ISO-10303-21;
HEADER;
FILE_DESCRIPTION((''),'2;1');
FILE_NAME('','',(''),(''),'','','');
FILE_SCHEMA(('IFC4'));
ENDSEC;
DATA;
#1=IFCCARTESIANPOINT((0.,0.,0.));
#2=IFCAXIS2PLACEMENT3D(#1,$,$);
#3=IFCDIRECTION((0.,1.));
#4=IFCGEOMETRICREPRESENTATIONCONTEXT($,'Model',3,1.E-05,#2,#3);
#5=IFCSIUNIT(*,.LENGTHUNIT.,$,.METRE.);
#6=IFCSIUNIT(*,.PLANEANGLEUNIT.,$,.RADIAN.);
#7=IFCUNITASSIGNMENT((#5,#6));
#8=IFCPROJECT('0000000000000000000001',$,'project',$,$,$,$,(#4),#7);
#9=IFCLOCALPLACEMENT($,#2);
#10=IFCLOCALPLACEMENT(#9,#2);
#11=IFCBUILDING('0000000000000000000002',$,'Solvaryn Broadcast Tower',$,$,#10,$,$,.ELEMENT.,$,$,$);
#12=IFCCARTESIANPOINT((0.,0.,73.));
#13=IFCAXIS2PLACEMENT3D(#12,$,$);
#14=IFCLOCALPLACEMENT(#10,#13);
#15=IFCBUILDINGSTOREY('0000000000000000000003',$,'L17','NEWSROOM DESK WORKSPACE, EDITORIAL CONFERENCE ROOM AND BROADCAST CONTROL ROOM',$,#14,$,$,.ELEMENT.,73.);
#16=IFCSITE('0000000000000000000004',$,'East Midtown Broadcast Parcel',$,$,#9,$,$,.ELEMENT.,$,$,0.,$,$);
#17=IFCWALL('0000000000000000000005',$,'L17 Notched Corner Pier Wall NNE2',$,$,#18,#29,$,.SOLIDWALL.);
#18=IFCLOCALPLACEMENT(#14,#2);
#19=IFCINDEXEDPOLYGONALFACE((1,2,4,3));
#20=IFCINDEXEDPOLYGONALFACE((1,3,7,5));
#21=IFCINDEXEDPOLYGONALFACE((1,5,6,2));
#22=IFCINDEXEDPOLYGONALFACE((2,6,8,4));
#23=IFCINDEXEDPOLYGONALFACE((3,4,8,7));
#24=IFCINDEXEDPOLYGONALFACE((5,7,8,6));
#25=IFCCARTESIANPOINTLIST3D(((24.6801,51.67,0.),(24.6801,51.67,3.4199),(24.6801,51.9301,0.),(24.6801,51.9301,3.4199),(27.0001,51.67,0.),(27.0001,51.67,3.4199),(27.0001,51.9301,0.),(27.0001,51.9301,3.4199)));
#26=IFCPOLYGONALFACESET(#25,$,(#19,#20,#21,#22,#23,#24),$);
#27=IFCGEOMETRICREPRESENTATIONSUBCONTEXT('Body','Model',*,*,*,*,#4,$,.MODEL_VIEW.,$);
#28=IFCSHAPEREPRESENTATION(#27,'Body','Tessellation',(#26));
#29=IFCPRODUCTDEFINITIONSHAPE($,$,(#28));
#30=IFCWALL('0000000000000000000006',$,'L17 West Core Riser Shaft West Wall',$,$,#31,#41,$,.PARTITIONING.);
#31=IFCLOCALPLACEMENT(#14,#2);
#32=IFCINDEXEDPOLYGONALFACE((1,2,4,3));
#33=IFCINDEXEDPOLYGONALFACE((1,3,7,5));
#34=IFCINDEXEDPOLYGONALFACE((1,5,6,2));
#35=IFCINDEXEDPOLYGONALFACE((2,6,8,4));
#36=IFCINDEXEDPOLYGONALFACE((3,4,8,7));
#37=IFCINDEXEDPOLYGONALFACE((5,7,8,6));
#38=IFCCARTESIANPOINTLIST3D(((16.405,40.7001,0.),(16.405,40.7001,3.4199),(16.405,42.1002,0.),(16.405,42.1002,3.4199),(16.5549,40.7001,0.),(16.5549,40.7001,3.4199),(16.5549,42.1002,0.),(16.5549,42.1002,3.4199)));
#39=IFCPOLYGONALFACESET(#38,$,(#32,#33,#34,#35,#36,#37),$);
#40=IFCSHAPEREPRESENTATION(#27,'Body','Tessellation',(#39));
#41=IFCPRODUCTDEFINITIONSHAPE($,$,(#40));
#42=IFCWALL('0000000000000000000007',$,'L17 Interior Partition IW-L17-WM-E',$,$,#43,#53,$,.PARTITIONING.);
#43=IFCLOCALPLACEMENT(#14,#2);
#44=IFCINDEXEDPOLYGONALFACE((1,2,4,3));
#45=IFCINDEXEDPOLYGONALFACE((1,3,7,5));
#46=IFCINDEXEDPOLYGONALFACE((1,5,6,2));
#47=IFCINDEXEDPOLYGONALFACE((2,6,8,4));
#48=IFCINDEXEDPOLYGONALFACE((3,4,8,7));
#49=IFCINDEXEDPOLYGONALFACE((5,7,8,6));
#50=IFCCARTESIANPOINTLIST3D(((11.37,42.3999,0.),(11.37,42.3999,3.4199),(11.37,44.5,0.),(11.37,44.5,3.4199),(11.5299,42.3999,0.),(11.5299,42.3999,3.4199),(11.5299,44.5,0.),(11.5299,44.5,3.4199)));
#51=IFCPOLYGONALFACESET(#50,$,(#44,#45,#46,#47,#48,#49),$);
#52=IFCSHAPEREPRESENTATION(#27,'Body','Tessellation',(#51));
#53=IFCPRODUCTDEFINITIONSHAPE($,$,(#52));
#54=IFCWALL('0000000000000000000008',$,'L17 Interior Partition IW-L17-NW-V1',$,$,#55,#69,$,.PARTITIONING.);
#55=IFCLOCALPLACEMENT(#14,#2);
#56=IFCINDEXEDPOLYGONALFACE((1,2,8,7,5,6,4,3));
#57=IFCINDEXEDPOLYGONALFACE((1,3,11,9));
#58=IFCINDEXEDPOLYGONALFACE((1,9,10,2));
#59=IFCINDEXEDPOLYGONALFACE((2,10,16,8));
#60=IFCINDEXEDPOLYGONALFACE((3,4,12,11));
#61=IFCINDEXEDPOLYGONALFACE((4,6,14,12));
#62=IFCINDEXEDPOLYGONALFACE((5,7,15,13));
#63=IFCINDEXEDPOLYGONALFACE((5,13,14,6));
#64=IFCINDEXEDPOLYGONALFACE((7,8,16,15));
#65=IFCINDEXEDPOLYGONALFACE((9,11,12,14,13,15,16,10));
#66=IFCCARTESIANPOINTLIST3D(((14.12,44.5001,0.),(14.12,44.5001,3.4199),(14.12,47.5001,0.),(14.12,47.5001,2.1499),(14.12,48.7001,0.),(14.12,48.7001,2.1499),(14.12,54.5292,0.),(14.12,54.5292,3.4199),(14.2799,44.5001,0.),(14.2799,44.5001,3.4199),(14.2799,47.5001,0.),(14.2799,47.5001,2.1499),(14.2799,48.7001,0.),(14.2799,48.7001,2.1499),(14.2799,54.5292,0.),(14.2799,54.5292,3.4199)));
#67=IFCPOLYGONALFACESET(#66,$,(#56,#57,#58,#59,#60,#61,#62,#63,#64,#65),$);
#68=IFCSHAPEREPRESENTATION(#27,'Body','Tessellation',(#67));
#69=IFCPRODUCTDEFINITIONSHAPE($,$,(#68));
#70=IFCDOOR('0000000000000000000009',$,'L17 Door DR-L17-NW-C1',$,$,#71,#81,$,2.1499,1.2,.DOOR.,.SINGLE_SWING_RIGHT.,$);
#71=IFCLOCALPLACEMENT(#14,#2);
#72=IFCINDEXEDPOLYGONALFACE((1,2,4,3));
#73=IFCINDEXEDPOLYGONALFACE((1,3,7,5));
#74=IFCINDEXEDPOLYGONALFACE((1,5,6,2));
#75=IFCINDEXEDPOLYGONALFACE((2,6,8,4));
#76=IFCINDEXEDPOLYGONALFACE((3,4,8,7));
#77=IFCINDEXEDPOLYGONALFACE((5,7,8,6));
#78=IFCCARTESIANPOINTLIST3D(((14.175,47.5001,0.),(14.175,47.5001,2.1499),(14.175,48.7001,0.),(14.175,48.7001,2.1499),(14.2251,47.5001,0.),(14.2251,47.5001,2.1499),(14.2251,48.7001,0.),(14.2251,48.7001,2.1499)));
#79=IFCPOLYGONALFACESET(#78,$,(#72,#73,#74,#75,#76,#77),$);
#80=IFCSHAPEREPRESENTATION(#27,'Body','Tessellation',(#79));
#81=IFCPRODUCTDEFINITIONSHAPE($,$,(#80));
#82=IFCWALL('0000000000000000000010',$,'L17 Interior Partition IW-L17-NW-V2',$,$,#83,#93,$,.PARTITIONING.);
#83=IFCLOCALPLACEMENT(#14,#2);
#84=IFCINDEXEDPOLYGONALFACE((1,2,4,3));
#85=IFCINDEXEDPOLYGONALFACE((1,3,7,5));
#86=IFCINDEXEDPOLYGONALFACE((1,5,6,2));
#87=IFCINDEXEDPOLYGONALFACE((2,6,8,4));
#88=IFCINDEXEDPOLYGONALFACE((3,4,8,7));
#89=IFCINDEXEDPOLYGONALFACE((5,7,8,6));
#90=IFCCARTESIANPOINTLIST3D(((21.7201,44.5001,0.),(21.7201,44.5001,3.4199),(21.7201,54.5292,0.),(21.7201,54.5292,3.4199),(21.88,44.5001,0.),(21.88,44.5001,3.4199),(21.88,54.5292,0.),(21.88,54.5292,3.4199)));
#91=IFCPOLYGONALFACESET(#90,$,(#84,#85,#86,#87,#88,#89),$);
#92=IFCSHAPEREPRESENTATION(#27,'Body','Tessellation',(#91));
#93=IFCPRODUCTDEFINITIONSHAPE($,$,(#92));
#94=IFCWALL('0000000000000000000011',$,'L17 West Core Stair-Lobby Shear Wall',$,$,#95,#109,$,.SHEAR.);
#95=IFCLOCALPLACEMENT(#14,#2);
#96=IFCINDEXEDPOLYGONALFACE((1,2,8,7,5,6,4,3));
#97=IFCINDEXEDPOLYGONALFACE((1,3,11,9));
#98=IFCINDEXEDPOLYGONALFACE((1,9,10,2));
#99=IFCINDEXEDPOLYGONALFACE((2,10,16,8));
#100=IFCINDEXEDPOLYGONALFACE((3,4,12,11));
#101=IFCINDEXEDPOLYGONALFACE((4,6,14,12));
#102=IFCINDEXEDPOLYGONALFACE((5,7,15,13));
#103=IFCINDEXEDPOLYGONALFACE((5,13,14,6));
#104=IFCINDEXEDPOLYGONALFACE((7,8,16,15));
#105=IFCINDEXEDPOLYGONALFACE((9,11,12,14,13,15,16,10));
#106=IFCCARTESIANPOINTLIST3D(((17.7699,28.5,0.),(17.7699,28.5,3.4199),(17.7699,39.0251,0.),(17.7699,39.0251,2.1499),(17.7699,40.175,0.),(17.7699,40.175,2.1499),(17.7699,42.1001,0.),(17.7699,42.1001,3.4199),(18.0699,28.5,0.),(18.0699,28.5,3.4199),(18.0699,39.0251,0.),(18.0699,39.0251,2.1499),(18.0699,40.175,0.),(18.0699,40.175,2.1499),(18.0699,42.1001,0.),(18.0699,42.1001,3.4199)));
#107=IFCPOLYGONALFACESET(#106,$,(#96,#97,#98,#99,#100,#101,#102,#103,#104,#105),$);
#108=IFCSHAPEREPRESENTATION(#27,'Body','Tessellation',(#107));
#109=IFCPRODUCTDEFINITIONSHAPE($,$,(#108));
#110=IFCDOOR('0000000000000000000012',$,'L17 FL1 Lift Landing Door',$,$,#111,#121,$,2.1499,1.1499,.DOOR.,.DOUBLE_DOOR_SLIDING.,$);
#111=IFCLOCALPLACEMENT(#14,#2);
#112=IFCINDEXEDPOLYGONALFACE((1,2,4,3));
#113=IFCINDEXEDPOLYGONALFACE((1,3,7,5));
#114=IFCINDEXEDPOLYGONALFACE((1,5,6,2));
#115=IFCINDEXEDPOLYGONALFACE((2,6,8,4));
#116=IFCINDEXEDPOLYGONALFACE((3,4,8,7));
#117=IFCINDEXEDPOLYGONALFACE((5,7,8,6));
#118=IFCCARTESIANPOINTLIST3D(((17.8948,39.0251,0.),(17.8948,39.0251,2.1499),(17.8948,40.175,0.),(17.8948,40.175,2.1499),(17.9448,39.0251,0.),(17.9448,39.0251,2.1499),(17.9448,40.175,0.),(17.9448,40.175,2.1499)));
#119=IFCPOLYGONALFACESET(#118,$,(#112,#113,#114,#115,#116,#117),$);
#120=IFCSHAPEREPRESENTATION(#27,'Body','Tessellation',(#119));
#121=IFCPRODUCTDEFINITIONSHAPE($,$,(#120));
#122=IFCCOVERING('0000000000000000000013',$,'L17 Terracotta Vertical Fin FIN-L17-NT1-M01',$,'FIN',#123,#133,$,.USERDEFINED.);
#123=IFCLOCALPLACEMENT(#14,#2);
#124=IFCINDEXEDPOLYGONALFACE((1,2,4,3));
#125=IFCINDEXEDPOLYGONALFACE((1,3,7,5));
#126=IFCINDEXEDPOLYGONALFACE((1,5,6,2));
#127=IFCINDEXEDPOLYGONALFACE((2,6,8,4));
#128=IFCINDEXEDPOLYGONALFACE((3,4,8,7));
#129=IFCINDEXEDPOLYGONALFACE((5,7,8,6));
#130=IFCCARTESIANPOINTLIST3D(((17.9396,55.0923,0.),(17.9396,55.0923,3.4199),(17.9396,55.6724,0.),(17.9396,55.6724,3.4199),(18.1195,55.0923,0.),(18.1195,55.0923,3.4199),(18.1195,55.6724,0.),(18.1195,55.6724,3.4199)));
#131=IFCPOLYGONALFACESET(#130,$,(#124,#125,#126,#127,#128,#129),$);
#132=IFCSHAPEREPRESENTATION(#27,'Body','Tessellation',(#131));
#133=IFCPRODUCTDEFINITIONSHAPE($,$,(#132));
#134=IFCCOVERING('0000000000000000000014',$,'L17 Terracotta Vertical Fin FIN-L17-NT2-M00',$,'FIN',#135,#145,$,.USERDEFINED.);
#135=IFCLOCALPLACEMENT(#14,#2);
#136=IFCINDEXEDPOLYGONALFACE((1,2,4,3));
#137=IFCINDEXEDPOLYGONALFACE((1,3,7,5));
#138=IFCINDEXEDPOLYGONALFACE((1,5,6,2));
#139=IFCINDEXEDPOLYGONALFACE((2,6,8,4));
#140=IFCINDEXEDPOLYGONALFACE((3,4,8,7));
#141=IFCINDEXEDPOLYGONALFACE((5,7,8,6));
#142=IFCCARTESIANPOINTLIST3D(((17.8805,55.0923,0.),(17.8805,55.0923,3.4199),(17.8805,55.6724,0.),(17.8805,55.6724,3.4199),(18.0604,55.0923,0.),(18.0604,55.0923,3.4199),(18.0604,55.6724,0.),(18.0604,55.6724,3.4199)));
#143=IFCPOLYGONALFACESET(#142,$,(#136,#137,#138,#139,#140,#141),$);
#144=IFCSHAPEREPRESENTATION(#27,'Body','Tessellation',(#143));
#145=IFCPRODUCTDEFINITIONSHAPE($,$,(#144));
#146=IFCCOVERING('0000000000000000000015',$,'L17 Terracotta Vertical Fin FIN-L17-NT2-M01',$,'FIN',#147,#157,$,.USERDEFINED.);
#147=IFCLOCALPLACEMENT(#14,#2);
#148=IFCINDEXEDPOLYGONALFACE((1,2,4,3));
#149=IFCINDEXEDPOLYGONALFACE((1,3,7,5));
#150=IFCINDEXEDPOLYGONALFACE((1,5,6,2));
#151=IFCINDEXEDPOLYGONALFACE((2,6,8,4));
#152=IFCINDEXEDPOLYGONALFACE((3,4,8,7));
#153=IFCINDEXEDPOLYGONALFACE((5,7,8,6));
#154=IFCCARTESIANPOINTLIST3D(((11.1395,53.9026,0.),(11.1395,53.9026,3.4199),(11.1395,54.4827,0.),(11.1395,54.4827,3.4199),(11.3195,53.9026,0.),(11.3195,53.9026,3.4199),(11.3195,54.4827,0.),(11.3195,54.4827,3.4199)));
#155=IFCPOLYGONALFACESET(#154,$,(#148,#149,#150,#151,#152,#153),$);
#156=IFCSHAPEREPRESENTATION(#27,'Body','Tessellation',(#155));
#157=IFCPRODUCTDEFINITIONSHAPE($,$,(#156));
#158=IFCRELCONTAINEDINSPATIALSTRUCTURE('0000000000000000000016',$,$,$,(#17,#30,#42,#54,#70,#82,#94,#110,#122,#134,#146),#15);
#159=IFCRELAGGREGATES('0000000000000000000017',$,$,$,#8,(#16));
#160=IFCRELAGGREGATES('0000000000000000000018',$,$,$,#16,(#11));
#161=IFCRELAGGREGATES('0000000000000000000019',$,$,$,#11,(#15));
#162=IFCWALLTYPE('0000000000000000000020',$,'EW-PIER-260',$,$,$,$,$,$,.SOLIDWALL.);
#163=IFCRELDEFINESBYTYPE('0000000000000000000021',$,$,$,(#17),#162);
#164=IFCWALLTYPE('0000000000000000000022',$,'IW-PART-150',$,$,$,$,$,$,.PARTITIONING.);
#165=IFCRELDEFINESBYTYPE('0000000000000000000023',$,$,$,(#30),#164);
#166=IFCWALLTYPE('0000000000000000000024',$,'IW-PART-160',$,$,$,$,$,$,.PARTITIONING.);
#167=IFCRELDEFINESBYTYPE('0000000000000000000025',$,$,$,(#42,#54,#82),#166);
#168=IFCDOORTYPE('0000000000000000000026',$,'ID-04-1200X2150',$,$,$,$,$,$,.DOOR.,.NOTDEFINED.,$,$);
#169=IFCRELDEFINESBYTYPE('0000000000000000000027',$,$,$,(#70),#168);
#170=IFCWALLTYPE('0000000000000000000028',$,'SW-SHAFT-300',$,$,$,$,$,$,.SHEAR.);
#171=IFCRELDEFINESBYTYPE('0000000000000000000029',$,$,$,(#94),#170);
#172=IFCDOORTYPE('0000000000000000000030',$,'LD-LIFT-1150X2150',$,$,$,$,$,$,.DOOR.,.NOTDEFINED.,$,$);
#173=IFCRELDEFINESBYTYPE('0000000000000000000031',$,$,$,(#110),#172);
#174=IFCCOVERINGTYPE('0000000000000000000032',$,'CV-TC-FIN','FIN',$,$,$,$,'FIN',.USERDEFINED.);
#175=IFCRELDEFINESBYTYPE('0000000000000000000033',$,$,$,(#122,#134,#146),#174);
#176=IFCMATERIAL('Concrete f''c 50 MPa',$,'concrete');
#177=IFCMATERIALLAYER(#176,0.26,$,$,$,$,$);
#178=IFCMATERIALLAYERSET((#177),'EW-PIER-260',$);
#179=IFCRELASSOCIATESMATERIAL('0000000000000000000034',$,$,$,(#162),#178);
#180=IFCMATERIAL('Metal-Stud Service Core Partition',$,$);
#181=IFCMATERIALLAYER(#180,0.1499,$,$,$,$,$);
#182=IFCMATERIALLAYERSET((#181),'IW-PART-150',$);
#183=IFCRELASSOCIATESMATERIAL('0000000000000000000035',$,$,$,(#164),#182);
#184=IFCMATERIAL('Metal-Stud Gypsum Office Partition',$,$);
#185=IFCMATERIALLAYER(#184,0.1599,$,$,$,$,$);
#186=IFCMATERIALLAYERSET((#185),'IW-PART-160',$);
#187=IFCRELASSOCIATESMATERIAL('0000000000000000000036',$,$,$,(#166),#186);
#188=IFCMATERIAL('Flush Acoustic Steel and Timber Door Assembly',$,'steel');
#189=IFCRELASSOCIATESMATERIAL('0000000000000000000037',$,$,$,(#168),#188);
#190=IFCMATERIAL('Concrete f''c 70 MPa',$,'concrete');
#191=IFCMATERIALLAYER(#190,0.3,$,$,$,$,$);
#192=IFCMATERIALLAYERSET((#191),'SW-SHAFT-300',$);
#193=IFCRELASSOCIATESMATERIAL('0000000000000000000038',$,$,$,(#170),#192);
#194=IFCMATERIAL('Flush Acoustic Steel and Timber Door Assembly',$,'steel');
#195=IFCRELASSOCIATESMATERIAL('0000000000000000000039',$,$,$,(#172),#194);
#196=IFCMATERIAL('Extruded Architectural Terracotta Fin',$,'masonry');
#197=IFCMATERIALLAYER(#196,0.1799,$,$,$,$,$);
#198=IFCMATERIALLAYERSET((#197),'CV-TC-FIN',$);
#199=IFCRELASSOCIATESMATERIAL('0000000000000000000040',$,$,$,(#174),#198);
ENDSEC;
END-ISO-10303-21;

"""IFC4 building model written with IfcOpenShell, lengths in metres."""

from ifc_helpers import new_model, si_unit, direction, frame, frame_2d, origin, origin_2d, place, context, subcontext, project, spatial, rectangle, extrude, material, layer, layer_set, type_object, element, fill, save


model = new_model("IFC4")

# Units and contexts
model_context = context("Model", 3, precision=1e-05, world=origin(), true_north=direction((0.0, 1.0)))
body_context = subcontext(model_context, "Body", "Model", "MODEL_VIEW")
ifc_project = project(units=[si_unit("LENGTHUNIT", "METRE"), si_unit("PLANEANGLEUNIT", "RADIAN")], contexts=[model_context])

# Site, building, storey
site_placement = place(None, origin())
site = spatial("IfcSite", under=ifc_project, at=site_placement, Name="East Midtown Broadcast Parcel", CompositionType="ELEMENT", RefElevation=0.0)
building_placement = place(site_placement, origin())
building = spatial("IfcBuilding", under=site, at=building_placement, Name="Solvaryn Broadcast Tower", CompositionType="ELEMENT")
storey_placement = place(building_placement, frame((0.0, 0.0, 73.0)))
storey = spatial("IfcBuildingStorey", under=building, at=storey_placement, Name="L17", Description="NEWSROOM DESK WORKSPACE, EDITORIAL CONFERENCE ROOM AND BROADCAST CONTROL ROOM", CompositionType="ELEMENT", Elevation=73.0)

# Walls
ifc_material_1 = material(Name="Concrete f'c 50 MPa", Category="concrete")
ifc_layer_1 = layer(ifc_material_1, 0.26)
ifc_layer_set_1 = layer_set([ifc_layer_1], Name="EW-PIER-260")
wall_type_1 = type_object("IfcWallType", Name="EW-PIER-260", PredefinedType="SOLIDWALL", material=ifc_layer_set_1)
wall_1_placement = place(storey_placement, frame((24.6799, 51.8, 0.0), z_axis=(0.0, 0.0, 1.0), x_axis=(1.0, 0.0, 0.0)))
element("IfcWall", 1, at=wall_1_placement, inside=storey, type_object=wall_type_1, Name="L17 Notched Corner Pier Wall NNE2", PredefinedType="SOLIDWALL", context=body_context, shape_type="SweptSolid", body=[
    extrude(rectangle(XDim=2.3201, YDim=0.26, at=frame_2d((1.1602, 0.0))), origin(), (0.0, 0.0, 1.0), 3.4199),
])
ifc_material_2 = material(Name="Metal-Stud Service Core Partition")
ifc_layer_2 = layer(ifc_material_2, 0.1499)
ifc_layer_set_2 = layer_set([ifc_layer_2], Name="IW-PART-150")
wall_type_2 = type_object("IfcWallType", Name="IW-PART-150", PredefinedType="PARTITIONING", material=ifc_layer_set_2)
wall_2_placement = place(storey_placement, frame((16.48, 40.7, 0.0), z_axis=(0.0, 0.0, 1.0), x_axis=(0.0, 1.0, 0.0)))
element("IfcWall", 2, at=wall_2_placement, inside=storey, type_object=wall_type_2, Name="L17 West Core Riser Shaft West Wall", PredefinedType="PARTITIONING", context=body_context, shape_type="SweptSolid", body=[
    extrude(rectangle(XDim=1.4001, YDim=0.1499, at=frame_2d((0.7002, 0.0))), origin(), (0.0, 0.0, 1.0), 3.4199),
])
ifc_material_3 = material(Name="Metal-Stud Gypsum Office Partition")
ifc_layer_3 = layer(ifc_material_3, 0.1599)
ifc_layer_set_3 = layer_set([ifc_layer_3], Name="IW-PART-160")
wall_type_3 = type_object("IfcWallType", Name="IW-PART-160", PredefinedType="PARTITIONING", material=ifc_layer_set_3)
wall_3_placement = place(storey_placement, frame((11.45, 42.3999, 0.0), z_axis=(0.0, 0.0, 1.0), x_axis=(0.0, 1.0, 0.0)))
element("IfcWall", 3, at=wall_3_placement, inside=storey, type_object=wall_type_3, Name="L17 Interior Partition IW-L17-WM-E", PredefinedType="PARTITIONING", context=body_context, shape_type="SweptSolid", body=[
    extrude(rectangle(XDim=2.1001, YDim=0.1599, at=frame_2d((1.05, 0.0))), origin(), (0.0, 0.0, 1.0), 3.4199),
])

# Wall, opening, door
wall_4_placement = place(storey_placement, frame((14.2, 44.5, 0.0), z_axis=(0.0, 0.0, 1.0), x_axis=(0.0, 1.0, 0.0)))
wall_4 = element("IfcWall", 4, at=wall_4_placement, inside=storey, type_object=wall_type_3, Name="L17 Interior Partition IW-L17-NW-V1", PredefinedType="PARTITIONING", context=body_context, shape_type="SweptSolid", body=[
    extrude(rectangle(XDim=10.0291, YDim=0.1599, at=frame_2d((5.0146, 0.0))), origin(), (0.0, 0.0, 1.0), 3.4199),
])
opening_1_placement = place(wall_4_placement, frame((3.0, 0.0, 0.0)))
opening_1 = element("IfcOpeningElement", 5, at=opening_1_placement, cuts=wall_4, PredefinedType="OPENING", context=body_context, shape_type="SweptSolid", body=[
    extrude(rectangle(XDim=1.2, YDim=2.1499, at=frame_2d((0.6001, 1.075))), frame((0.0, 0.0901, 0.0), z_axis=(0.0, -1.0, 0.0), x_axis=(1.0, 0.0, 0.0)), (0.0, 0.0, 1.0), 0.1799),
])
ifc_material_4 = material(Name="Flush Acoustic Steel and Timber Door Assembly", Category="steel")
door_type_1 = type_object("IfcDoorType", Name="ID-04-1200X2150", OperationType="NOTDEFINED", PredefinedType="DOOR", material=ifc_material_4)
door_1_placement = place(opening_1_placement, origin())
door_1 = element("IfcDoor", 6, at=door_1_placement, inside=storey, type_object=door_type_1, Name="L17 Door DR-L17-NW-C1", OperationType="SINGLE_SWING_RIGHT", OverallHeight=2.1499, OverallWidth=1.2, PredefinedType="DOOR", context=body_context, shape_type="SweptSolid", body=[
    extrude(rectangle(XDim=1.2, YDim=2.1499, at=frame_2d((0.6001, 1.075))), frame((0.0, 0.0249, 0.0), z_axis=(0.0, -1.0, 0.0), x_axis=(1.0, 0.0, 0.0)), (0.0, 0.0, 1.0), 0.05),
])
fill(opening_1, door_1)

# Wall
wall_5_placement = place(storey_placement, frame((21.8, 44.5, 0.0), z_axis=(0.0, 0.0, 1.0), x_axis=(0.0, 1.0, 0.0)))
element("IfcWall", 7, at=wall_5_placement, inside=storey, type_object=wall_type_3, Name="L17 Interior Partition IW-L17-NW-V2", PredefinedType="PARTITIONING", context=body_context, shape_type="SweptSolid", body=[
    extrude(rectangle(XDim=10.0291, YDim=0.1599, at=frame_2d((5.0146, 0.0))), origin(), (0.0, 0.0, 1.0), 3.4199),
])

# Wall, opening, door
ifc_material_5 = material(Name="Concrete f'c 70 MPa", Category="concrete")
ifc_layer_4 = layer(ifc_material_5, 0.3)
ifc_layer_set_4 = layer_set([ifc_layer_4], Name="SW-SHAFT-300")
wall_type_4 = type_object("IfcWallType", Name="SW-SHAFT-300", PredefinedType="SHEAR", material=ifc_layer_set_4)
wall_6_placement = place(storey_placement, frame((17.9199, 42.1001, 0.0), z_axis=(0.0, 0.0, 1.0), x_axis=(0.0, -1.0, 0.0)))
wall_6 = element("IfcWall", 8, at=wall_6_placement, inside=storey, type_object=wall_type_4, Name="L17 West Core Stair-Lobby Shear Wall", PredefinedType="SHEAR", context=body_context, shape_type="SweptSolid", body=[
    extrude(rectangle(XDim=13.6001, YDim=0.3, at=frame_2d((6.8, 0.0))), origin(), (0.0, 0.0, 1.0), 3.4199),
])
opening_2_placement = place(wall_6_placement, frame((1.925, 0.0, 0.0)))
opening_2 = element("IfcOpeningElement", 9, at=opening_2_placement, cuts=wall_6, PredefinedType="OPENING", context=body_context, shape_type="SweptSolid", body=[
    extrude(rectangle(XDim=1.1499, YDim=2.1499, at=frame_2d((0.575, 1.075))), frame((0.0, 0.1599, 0.0), z_axis=(0.0, -1.0, 0.0), x_axis=(1.0, 0.0, 0.0)), (0.0, 0.0, 1.0), 0.3201),
])
ifc_material_6 = material(Name="Flush Acoustic Steel and Timber Door Assembly", Category="steel")
door_type_2 = type_object("IfcDoorType", Name="LD-LIFT-1150X2150", OperationType="NOTDEFINED", PredefinedType="DOOR", material=ifc_material_6)
door_2_placement = place(opening_2_placement, origin())
door_2 = element("IfcDoor", 10, at=door_2_placement, inside=storey, type_object=door_type_2, Name="L17 FL1 Lift Landing Door", OperationType="DOUBLE_DOOR_SLIDING", OverallHeight=2.1499, OverallWidth=1.1499, PredefinedType="DOOR", context=body_context, shape_type="SweptSolid", body=[
    extrude(rectangle(XDim=1.1499, YDim=2.1499, at=frame_2d((0.575, 1.075))), frame((0.0, 0.0249, 0.0), z_axis=(0.0, -1.0, 0.0), x_axis=(1.0, 0.0, 0.0)), (0.0, 0.0, 1.0), 0.05),
])
fill(opening_2, door_2)

# Coverings
ifc_material_7 = material(Name="Extruded Architectural Terracotta Fin", Category="masonry")
ifc_layer_5 = layer(ifc_material_7, 0.1799)
ifc_layer_set_5 = layer_set([ifc_layer_5], Name="CV-TC-FIN")
covering_type = type_object("IfcCoveringType", Name="CV-TC-FIN", Description="FIN", ElementType="FIN", PredefinedType="USERDEFINED", material=ifc_layer_set_5)
for number, where, z_axis, x_axis, name in (
    (11, (18.0295, 55.3823, 0.0), (0.0, 0.0, 1.0), (1.0, 0.0, 0.0), "L17 Terracotta Vertical Fin FIN-L17-NT1-M01"),
    (12, (17.9705, 55.3823, 0.0), (0.0, 0.0, 1.0), (1.0, 0.0, 0.0), "L17 Terracotta Vertical Fin FIN-L17-NT2-M00"),
    (13, (11.2295, 54.1926, 0.0), (0.0, 0.0, 1.0), (1.0, 0.0, 0.0), "L17 Terracotta Vertical Fin FIN-L17-NT2-M01"),
):
    element("IfcCovering", number, at=place(storey_placement, frame(where, z_axis=z_axis, x_axis=x_axis)), inside=storey, type_object=covering_type, Name=name, ObjectType="FIN", PredefinedType="USERDEFINED", context=body_context, shape_type="SweptSolid", body=[
        extrude(rectangle(XDim=0.1799, YDim=0.5801, at=origin_2d()), origin(), (0.0, 0.0, 1.0), 3.4199),
    ])

save(model, "model.ifc")
